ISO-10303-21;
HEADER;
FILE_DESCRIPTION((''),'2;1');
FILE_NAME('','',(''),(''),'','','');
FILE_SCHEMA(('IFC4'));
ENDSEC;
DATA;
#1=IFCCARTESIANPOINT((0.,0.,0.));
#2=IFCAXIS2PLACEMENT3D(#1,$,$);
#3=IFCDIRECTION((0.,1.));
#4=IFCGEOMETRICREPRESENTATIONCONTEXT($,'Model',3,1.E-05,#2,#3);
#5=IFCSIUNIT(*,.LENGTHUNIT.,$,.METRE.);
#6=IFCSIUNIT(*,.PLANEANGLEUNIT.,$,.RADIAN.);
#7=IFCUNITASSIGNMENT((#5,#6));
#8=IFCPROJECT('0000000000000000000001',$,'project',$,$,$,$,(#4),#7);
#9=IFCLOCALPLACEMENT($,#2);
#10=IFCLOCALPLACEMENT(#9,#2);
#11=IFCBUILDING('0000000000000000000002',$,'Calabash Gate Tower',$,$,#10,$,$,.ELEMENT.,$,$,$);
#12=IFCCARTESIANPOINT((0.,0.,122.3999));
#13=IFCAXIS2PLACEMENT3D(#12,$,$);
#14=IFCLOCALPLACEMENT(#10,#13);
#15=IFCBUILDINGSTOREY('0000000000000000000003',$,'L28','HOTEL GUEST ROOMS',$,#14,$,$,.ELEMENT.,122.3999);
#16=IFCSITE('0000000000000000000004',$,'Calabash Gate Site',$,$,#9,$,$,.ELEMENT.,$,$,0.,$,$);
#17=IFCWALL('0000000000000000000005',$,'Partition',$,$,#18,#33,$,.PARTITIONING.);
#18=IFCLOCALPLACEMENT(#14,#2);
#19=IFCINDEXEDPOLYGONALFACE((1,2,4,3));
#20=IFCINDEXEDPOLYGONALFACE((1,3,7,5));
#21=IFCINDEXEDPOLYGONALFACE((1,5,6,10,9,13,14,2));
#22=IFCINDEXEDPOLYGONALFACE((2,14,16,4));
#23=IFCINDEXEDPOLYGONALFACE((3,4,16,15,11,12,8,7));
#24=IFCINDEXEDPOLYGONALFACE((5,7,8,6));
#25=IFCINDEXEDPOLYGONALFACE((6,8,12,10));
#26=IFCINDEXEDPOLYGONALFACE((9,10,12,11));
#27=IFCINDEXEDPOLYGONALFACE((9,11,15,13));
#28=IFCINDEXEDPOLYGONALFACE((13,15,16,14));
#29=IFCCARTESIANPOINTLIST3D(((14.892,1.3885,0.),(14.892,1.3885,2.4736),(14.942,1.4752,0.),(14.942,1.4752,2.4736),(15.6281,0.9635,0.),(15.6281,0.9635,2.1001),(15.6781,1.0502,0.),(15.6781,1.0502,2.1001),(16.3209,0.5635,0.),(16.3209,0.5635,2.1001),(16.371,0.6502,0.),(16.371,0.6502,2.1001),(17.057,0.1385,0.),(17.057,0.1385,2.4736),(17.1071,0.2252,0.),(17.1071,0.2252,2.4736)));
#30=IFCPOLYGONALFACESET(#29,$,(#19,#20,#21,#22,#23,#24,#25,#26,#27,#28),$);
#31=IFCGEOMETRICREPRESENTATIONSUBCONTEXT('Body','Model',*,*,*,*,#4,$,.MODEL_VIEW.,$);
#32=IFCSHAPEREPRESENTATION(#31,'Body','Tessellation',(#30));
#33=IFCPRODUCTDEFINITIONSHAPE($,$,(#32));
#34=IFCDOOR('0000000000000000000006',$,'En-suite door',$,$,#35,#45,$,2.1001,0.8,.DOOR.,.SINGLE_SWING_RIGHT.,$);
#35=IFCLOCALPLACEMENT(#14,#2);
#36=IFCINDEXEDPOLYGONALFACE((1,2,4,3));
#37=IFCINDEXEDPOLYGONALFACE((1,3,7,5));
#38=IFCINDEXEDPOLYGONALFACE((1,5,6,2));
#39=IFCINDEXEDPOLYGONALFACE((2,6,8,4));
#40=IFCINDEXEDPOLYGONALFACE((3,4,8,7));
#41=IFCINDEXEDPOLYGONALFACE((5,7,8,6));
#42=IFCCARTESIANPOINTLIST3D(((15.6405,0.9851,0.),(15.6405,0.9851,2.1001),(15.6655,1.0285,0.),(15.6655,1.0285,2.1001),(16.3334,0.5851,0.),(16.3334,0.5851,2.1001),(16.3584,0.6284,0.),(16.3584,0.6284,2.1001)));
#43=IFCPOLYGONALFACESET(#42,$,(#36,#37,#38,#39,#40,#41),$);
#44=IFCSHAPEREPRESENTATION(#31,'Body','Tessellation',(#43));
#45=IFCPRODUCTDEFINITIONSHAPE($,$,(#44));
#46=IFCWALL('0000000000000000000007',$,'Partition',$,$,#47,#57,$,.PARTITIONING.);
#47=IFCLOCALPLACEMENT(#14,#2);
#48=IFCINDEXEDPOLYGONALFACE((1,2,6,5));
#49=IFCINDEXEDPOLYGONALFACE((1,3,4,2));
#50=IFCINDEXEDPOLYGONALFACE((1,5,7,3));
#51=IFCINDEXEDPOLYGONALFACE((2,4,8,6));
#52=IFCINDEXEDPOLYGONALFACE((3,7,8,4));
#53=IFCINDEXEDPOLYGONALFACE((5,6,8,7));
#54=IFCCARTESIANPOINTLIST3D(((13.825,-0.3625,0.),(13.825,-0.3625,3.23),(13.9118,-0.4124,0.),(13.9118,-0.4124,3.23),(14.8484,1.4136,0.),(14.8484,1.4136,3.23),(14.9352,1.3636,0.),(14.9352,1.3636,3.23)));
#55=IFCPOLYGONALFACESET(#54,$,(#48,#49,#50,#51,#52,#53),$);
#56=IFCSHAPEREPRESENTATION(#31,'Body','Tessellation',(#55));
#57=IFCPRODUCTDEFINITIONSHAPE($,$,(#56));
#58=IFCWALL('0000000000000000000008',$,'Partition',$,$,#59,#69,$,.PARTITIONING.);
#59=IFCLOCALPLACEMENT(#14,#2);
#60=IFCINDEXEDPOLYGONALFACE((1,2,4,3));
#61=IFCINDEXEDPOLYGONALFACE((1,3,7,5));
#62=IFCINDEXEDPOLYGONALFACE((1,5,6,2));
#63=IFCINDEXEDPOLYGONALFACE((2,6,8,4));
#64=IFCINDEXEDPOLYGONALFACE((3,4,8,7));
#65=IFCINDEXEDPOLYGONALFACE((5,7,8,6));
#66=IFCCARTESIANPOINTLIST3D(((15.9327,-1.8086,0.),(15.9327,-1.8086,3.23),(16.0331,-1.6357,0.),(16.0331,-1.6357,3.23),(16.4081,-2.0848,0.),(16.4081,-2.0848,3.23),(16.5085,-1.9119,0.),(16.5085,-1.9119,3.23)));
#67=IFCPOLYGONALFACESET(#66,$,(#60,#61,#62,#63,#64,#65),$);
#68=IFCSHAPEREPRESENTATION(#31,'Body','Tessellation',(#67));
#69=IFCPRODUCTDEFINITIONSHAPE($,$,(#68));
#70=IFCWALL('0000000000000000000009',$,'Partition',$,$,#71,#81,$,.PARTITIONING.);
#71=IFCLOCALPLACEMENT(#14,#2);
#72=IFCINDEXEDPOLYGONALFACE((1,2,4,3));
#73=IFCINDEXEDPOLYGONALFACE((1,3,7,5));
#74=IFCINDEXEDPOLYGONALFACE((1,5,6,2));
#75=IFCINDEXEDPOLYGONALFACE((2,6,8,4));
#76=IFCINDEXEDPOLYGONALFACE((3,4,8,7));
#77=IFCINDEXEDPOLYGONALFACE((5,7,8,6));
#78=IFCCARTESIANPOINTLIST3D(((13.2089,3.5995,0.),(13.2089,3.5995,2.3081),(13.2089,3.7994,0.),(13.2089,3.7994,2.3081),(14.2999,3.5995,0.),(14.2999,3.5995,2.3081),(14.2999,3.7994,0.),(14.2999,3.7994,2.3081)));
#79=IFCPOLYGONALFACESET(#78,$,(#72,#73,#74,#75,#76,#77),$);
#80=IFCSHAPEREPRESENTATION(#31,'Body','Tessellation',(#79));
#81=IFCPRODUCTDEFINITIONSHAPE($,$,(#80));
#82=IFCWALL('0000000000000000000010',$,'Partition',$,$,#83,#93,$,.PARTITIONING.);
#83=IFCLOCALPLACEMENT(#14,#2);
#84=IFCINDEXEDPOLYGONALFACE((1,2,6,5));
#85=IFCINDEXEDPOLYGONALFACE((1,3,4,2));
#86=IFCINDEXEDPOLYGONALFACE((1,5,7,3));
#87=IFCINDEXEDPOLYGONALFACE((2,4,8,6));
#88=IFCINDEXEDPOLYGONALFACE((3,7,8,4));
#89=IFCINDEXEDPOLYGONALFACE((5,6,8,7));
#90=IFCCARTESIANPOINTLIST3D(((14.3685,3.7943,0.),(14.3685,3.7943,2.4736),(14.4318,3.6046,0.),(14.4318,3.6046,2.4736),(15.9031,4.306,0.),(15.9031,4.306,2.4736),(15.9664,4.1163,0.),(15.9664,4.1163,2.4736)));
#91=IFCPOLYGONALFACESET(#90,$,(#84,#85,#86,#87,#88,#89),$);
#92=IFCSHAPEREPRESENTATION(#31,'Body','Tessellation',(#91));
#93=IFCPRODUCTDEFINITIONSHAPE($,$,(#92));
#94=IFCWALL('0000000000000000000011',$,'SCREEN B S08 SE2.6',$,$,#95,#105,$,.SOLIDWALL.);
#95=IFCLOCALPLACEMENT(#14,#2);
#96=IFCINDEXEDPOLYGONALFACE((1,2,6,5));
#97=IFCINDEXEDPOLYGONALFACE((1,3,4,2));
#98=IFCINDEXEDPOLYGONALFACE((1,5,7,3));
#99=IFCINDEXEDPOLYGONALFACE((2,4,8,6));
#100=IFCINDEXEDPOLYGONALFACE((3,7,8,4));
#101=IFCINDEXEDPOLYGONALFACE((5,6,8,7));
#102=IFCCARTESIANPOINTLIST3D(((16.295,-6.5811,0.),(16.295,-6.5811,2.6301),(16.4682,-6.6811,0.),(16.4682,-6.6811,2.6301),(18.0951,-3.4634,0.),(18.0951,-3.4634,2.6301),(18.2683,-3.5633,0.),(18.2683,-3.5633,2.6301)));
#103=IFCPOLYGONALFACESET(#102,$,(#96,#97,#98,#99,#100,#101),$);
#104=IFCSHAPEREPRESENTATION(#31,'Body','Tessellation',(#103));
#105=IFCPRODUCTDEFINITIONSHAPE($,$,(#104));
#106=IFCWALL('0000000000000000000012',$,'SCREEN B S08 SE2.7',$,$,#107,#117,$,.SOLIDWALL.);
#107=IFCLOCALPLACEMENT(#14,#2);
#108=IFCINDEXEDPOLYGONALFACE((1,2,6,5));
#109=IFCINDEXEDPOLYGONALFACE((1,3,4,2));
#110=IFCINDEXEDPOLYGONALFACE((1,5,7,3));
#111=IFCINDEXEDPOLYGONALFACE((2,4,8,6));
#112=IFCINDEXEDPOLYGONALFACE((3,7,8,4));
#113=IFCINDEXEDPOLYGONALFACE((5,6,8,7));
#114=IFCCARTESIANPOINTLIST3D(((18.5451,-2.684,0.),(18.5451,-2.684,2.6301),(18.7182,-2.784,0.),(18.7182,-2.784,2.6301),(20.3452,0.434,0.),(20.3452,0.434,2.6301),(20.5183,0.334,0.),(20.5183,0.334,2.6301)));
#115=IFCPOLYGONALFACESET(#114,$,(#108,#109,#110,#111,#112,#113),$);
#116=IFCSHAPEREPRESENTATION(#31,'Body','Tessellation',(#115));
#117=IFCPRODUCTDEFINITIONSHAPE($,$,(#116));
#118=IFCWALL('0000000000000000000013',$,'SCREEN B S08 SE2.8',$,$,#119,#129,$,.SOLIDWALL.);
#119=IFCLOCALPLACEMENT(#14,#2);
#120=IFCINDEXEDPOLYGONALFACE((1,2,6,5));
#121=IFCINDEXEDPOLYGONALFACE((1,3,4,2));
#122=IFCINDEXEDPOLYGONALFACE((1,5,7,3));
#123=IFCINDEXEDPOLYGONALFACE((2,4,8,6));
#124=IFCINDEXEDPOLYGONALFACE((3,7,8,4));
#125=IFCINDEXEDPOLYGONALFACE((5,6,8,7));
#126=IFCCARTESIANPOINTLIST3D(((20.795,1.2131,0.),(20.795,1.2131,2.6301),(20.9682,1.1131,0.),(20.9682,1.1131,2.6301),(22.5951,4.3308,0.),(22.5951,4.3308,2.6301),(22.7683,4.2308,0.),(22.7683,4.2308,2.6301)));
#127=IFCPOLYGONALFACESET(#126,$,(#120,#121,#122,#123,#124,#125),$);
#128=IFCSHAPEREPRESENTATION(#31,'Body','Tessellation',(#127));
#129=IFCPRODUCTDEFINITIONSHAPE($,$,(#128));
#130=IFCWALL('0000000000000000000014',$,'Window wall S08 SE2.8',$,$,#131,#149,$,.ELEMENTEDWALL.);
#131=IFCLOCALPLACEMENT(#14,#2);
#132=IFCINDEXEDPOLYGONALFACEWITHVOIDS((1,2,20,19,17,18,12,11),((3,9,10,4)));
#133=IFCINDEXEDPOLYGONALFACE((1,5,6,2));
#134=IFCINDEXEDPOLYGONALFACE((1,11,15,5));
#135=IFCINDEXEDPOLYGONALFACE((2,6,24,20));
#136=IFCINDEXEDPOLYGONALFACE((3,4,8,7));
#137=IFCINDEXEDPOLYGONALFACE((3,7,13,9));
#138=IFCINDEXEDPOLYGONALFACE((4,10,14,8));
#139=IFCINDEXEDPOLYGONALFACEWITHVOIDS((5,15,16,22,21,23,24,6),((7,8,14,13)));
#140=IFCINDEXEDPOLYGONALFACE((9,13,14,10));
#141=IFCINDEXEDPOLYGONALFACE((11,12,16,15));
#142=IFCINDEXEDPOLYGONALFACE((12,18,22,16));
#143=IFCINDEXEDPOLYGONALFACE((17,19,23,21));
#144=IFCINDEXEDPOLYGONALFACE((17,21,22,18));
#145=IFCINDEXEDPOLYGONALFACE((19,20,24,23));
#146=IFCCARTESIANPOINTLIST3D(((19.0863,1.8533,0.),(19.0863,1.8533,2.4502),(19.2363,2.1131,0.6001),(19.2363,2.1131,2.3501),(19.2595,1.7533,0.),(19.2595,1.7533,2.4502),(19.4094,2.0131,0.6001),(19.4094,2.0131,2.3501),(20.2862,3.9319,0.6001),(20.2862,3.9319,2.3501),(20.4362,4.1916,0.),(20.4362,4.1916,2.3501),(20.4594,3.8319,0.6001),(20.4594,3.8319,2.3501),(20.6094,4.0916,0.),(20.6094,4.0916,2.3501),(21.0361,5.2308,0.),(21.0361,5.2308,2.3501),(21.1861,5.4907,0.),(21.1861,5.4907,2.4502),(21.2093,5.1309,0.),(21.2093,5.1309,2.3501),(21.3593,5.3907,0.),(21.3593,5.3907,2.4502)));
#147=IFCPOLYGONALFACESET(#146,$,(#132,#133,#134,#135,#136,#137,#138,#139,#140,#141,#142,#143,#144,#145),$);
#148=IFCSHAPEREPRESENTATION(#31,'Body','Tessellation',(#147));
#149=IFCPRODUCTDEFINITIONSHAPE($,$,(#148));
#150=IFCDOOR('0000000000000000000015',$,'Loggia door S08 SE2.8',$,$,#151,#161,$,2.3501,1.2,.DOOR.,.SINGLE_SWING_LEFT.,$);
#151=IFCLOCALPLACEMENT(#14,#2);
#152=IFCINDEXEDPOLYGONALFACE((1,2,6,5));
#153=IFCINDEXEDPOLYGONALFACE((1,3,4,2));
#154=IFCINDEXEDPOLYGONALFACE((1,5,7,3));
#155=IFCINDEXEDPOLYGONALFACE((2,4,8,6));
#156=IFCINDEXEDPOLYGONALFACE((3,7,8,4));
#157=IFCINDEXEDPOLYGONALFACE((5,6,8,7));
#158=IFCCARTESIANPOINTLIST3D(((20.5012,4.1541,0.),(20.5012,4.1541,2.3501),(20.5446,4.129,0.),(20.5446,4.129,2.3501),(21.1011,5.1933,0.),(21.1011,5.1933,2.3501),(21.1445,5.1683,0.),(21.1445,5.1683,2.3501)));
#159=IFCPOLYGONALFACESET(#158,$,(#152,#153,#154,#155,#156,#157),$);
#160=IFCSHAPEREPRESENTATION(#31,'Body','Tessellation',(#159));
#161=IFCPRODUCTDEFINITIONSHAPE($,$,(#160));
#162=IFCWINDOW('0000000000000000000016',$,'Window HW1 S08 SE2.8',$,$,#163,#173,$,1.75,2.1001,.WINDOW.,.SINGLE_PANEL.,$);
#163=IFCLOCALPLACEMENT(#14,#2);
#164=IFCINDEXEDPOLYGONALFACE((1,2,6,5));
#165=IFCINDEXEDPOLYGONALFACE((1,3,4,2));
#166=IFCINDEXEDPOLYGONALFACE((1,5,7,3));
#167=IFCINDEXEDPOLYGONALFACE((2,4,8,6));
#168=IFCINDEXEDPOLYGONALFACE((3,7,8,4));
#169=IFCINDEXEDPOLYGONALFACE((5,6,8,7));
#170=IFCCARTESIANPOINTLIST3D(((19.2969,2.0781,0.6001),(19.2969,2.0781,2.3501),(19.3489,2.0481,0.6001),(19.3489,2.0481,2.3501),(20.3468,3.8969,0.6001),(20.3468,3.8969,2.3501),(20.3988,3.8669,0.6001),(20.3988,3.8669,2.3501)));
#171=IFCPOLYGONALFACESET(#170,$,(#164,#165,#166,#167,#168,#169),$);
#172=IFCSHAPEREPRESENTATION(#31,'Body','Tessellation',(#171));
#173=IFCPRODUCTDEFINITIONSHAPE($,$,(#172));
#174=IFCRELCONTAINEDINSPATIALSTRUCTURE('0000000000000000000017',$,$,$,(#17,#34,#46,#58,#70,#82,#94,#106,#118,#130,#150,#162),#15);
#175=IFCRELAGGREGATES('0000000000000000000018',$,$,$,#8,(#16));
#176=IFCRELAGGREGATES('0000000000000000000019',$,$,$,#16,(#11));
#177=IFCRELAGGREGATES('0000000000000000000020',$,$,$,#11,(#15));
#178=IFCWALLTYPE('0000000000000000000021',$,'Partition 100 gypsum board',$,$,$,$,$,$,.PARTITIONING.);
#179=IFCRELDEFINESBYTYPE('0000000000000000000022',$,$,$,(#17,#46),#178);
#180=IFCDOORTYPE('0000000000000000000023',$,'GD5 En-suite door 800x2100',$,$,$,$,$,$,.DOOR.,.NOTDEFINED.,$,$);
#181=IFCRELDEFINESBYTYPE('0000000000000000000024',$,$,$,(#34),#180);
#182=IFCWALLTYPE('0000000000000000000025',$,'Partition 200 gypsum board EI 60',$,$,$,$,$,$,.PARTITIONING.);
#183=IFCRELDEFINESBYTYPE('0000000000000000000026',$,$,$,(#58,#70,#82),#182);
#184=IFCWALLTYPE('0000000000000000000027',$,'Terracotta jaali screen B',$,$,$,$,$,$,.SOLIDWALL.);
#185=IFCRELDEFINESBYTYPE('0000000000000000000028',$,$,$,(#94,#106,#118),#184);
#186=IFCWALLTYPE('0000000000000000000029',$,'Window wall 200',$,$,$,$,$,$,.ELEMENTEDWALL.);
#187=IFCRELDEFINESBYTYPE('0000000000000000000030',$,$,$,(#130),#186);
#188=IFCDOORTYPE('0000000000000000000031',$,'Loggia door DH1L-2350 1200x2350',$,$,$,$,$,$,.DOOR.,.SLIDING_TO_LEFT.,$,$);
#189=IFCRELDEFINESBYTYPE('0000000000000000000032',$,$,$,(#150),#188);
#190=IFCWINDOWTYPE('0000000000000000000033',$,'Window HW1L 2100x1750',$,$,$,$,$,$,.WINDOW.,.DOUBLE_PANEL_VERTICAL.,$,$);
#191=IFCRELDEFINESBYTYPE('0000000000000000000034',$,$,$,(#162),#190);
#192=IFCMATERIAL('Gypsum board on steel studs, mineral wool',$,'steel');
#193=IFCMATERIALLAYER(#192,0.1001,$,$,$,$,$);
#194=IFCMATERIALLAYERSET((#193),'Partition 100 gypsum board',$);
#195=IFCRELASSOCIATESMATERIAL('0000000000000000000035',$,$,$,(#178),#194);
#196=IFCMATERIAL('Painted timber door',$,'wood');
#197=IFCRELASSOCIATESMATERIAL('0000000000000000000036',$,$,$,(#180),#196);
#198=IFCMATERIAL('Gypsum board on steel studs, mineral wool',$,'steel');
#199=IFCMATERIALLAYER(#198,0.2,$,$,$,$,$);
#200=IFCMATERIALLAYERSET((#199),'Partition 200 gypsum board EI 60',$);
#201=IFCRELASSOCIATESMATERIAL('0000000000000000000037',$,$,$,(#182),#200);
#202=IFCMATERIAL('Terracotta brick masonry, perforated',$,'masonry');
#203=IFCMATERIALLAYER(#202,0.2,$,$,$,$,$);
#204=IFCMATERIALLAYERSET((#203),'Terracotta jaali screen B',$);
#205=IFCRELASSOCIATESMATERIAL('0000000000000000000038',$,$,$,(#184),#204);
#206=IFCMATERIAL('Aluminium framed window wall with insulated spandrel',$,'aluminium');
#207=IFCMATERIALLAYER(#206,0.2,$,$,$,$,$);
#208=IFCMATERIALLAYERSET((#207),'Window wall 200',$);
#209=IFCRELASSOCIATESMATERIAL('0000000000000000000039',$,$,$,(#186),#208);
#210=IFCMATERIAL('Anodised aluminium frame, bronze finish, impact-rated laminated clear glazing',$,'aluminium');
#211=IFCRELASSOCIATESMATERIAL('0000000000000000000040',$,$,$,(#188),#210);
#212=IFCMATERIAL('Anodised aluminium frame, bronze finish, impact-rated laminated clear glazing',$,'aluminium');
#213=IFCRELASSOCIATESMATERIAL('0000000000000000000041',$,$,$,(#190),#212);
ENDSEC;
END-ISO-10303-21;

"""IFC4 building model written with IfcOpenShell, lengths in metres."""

from ifc_helpers import new_model, si_unit, direction, frame, frame_2d, origin, place, context, subcontext, project, spatial, rectangle, extrude, material, layer, layer_set, type_object, element, fill, save


model = new_model("IFC4")

# Units and contexts
model_context = context("Model", 3, precision=1e-05, world=origin(), true_north=direction((0.0, 1.0)))
body_context = subcontext(model_context, "Body", "Model", "MODEL_VIEW")
ifc_project = project(units=[si_unit("LENGTHUNIT", "METRE"), si_unit("PLANEANGLEUNIT", "RADIAN")], contexts=[model_context])

# Site, building, storey
site_placement = place(None, origin())
site = spatial("IfcSite", under=ifc_project, at=site_placement, Name="Calabash Gate Site", CompositionType="ELEMENT", RefElevation=0.0)
building_placement = place(site_placement, origin())
building = spatial("IfcBuilding", under=site, at=building_placement, Name="Calabash Gate Tower", CompositionType="ELEMENT")
storey_placement = place(building_placement, frame((0.0, 0.0, 122.3999)))
storey = spatial("IfcBuildingStorey", under=building, at=storey_placement, Name="L28", Description="HOTEL GUEST ROOMS", CompositionType="ELEMENT", Elevation=122.3999)

# Shared definitions
ifc_material_1 = material(Name="Gypsum board on steel studs, mineral wool", Category="steel")
ifc_layer_1 = layer(ifc_material_1, 0.1001)
ifc_layer_set_1 = layer_set([ifc_layer_1], Name="Partition 100 gypsum board")
wall_type_1 = type_object("IfcWallType", Name="Partition 100 gypsum board", PredefinedType="PARTITIONING", material=ifc_layer_set_1)

# Wall, opening, door
wall_1_placement = place(storey_placement, frame((14.917, 1.4319, 0.0), z_axis=(0.0, 0.0, 1.0), x_axis=(0.866023, -0.500004, 0.0)))
wall_1 = element("IfcWall", 1, at=wall_1_placement, inside=storey, type_object=wall_type_1, Name="Partition", PredefinedType="PARTITIONING", context=body_context, shape_type="SweptSolid", body=[
    extrude(rectangle(XDim=2.5, YDim=0.1001, at=frame_2d((1.25, 0.0))), origin(), (0.0, 0.0, 1.0), 2.4736),
])
opening_1_placement = place(wall_1_placement, frame((0.8501, 0.0, 0.0)))
opening_1 = element("IfcOpeningElement", 2, at=opening_1_placement, cuts=wall_1, PredefinedType="OPENING", context=body_context, shape_type="SweptSolid", body=[
    extrude(rectangle(XDim=0.8, YDim=2.1001, at=frame_2d((0.3999, 1.05))), frame((0.0, 0.0601, 0.0), z_axis=(0.0, -1.0, 0.0), x_axis=(1.0, 0.0, 0.0)), (0.0, 0.0, 1.0), 0.1201),
])
ifc_material_2 = material(Name="Painted timber door", Category="wood")
door_type_1 = type_object("IfcDoorType", Name="GD5 En-suite door 800x2100", OperationType="NOTDEFINED", PredefinedType="DOOR", material=ifc_material_2)
door_1_placement = place(opening_1_placement, origin())
door_1 = element("IfcDoor", 3, at=door_1_placement, inside=storey, type_object=door_type_1, Name="En-suite door", OperationType="SINGLE_SWING_RIGHT", OverallHeight=2.1001, OverallWidth=0.8, PredefinedType="DOOR", context=body_context, shape_type="SweptSolid", body=[
    extrude(rectangle(XDim=0.8, YDim=2.1001, at=frame_2d((0.3999, 1.05))), frame((0.0, 0.0249, 0.0), z_axis=(0.0, -1.0, 0.0), x_axis=(1.0, 0.0, 0.0)), (0.0, 0.0, 1.0), 0.05),
])
fill(opening_1, door_1)

# Walls
wall_2_placement = place(storey_placement, frame((13.8684, -0.3875, 0.0), z_axis=(0.0, 0.0, 1.0), x_axis=(0.499265, 0.866449, 0.0)))
element("IfcWall", 4, at=wall_2_placement, inside=storey, type_object=wall_type_1, Name="Partition", PredefinedType="PARTITIONING", context=body_context, shape_type="SweptSolid", body=[
    extrude(rectangle(XDim=2.0498, YDim=0.1001, at=frame_2d((1.0249, 0.0))), origin(), (0.0, 0.0, 1.0), 3.23),
])
ifc_material_3 = material(Name="Gypsum board on steel studs, mineral wool", Category="steel")
ifc_layer_2 = layer(ifc_material_3, 0.2)
ifc_layer_set_2 = layer_set([ifc_layer_2], Name="Partition 200 gypsum board EI 60")
wall_type_2 = type_object("IfcWallType", Name="Partition 200 gypsum board EI 60", PredefinedType="PARTITIONING", material=ifc_layer_set_2)
wall_3_placement = place(storey_placement, frame((15.9829, -1.7222, 0.0), z_axis=(0.0, 0.0, 1.0), x_axis=(0.864696, -0.502296, 0.0)))
element("IfcWall", 5, at=wall_3_placement, inside=storey, type_object=wall_type_2, Name="Partition", PredefinedType="PARTITIONING", context=body_context, shape_type="SweptSolid", body=[
    extrude(rectangle(XDim=0.5498, YDim=0.2, at=frame_2d((0.2749, 0.0))), origin(), (0.0, 0.0, 1.0), 3.23),
])
wall_4_placement = place(storey_placement, frame((13.209, 3.6995, 0.0), z_axis=(0.0, 0.0, 1.0), x_axis=(1.0, 0.0, 0.0)))
element("IfcWall", 6, at=wall_4_placement, inside=storey, type_object=wall_type_2, Name="Partition", PredefinedType="PARTITIONING", context=body_context, shape_type="SweptSolid", body=[
    extrude(rectangle(XDim=1.0911, YDim=0.2, at=frame_2d((0.5454, 0.0))), origin(), (0.0, 0.0, 1.0), 2.3081),
])
wall_5_placement = place(storey_placement, frame((14.4001, 3.6995, 0.0), z_axis=(0.0, 0.0, 1.0), x_axis=(0.948653, 0.316318, 0.0)))
element("IfcWall", 7, at=wall_5_placement, inside=storey, type_object=wall_type_2, Name="Partition", PredefinedType="PARTITIONING", context=body_context, shape_type="SweptSolid", body=[
    extrude(rectangle(XDim=1.6177, YDim=0.2, at=frame_2d((0.8088, 0.0))), origin(), (0.0, 0.0, 1.0), 2.4736),
])
ifc_material_4 = material(Name="Terracotta brick masonry, perforated", Category="masonry")
ifc_layer_3 = layer(ifc_material_4, 0.2)
ifc_layer_set_3 = layer_set([ifc_layer_3], Name="Terracotta jaali screen B")
wall_type_3 = type_object("IfcWallType", Name="Terracotta jaali screen B", PredefinedType="SOLIDWALL", material=ifc_layer_set_3)
wall_6_placement = place(storey_placement, frame((16.3816, -6.6311, 0.0), z_axis=(0.0, 0.0, 1.0), x_axis=(0.500012, 0.866018, 0.0)))
element("IfcWall", 8, at=wall_6_placement, inside=storey, type_object=wall_type_3, Name="SCREEN B S08 SE2.6", PredefinedType="SOLIDWALL", context=body_context, shape_type="SweptSolid", body=[
    extrude(rectangle(XDim=3.6001, YDim=0.2, at=frame_2d((1.8, 0.0))), origin(), (0.0, 0.0, 1.0), 2.6301),
])
wall_7_placement = place(storey_placement, frame((18.6316, -2.7341, 0.0), z_axis=(0.0, 0.0, 1.0), x_axis=(0.499983, 0.866035, 0.0)))
element("IfcWall", 9, at=wall_7_placement, inside=storey, type_object=wall_type_3, Name="SCREEN B S08 SE2.7", PredefinedType="SOLIDWALL", context=body_context, shape_type="SweptSolid", body=[
    extrude(rectangle(XDim=3.6003, YDim=0.2, at=frame_2d((1.8003, 0.0))), origin(), (0.0, 0.0, 1.0), 2.6301),
])
wall_8_placement = place(storey_placement, frame((20.8816, 1.1631, 0.0), z_axis=(0.0, 0.0, 1.0), x_axis=(0.500012, 0.866018, 0.0)))
element("IfcWall", 10, at=wall_8_placement, inside=storey, type_object=wall_type_3, Name="SCREEN B S08 SE2.8", PredefinedType="SOLIDWALL", context=body_context, shape_type="SweptSolid", body=[
    extrude(rectangle(XDim=3.6001, YDim=0.2, at=frame_2d((1.8, 0.0))), origin(), (0.0, 0.0, 1.0), 2.6301),
])

# Wall, openings, door, window
ifc_material_5 = material(Name="Aluminium framed window wall with insulated spandrel", Category="aluminium")
ifc_layer_4 = layer(ifc_material_5, 0.2)
ifc_layer_set_4 = layer_set([ifc_layer_4], Name="Window wall 200")
wall_type_4 = type_object("IfcWallType", Name="Window wall 200", PredefinedType="ELEMENTEDWALL", material=ifc_layer_set_4)
wall_9_placement = place(storey_placement, frame((19.1729, 1.8032, 0.0), z_axis=(0.0, 0.0, 1.0), x_axis=(0.499959, 0.866049, 0.0)))
wall_9 = element("IfcWall", 11, at=wall_9_placement, inside=storey, type_object=wall_type_4, Name="Window wall S08 SE2.8", PredefinedType="ELEMENTEDWALL", context=body_context, shape_type="SweptSolid", body=[
    extrude(rectangle(XDim=4.2, YDim=0.2, at=frame_2d((2.1001, 0.0))), origin(), (0.0, 0.0, 1.0), 2.4502),
])
opening_2_placement = place(wall_9_placement, frame((0.3, 0.0, 0.6001)))
opening_2 = element("IfcOpeningElement", 12, at=opening_2_placement, cuts=wall_9, PredefinedType="OPENING", context=body_context, shape_type="SweptSolid", body=[
    extrude(rectangle(XDim=2.1001, YDim=1.75, at=frame_2d((1.05, 0.875))), frame((0.0, 0.1099, 0.0), z_axis=(0.0, -1.0, 0.0), x_axis=(1.0, 0.0, 0.0)), (0.0, 0.0, 1.0), 0.22),
])
opening_3_placement = place(wall_9_placement, frame((2.7, 0.0, 0.0)))
opening_3 = element("IfcOpeningElement", 13, at=opening_3_placement, cuts=wall_9, PredefinedType="OPENING", context=body_context, shape_type="SweptSolid", body=[
    extrude(rectangle(XDim=1.2, YDim=2.3501, at=frame_2d((0.6001, 1.175))), frame((0.0, 0.1099, 0.0), z_axis=(0.0, -1.0, 0.0), x_axis=(1.0, 0.0, 0.0)), (0.0, 0.0, 1.0), 0.22),
])
ifc_material_6 = material(Name="Anodised aluminium frame, bronze finish, impact-rated laminated clear glazing", Category="aluminium")
door_type_2 = type_object("IfcDoorType", Name="Loggia door DH1L-2350 1200x2350", OperationType="SLIDING_TO_LEFT", PredefinedType="DOOR", material=ifc_material_6)
door_2_placement = place(opening_3_placement, origin())
door_2 = element("IfcDoor", 14, at=door_2_placement, inside=storey, type_object=door_type_2, Name="Loggia door S08 SE2.8", OperationType="SINGLE_SWING_LEFT", OverallHeight=2.3501, OverallWidth=1.2, PredefinedType="DOOR", context=body_context, shape_type="SweptSolid", body=[
    extrude(rectangle(XDim=1.2, YDim=2.3501, at=frame_2d((0.6001, 1.175))), frame((0.0, 0.0249, 0.0), z_axis=(0.0, -1.0, 0.0), x_axis=(1.0, 0.0, 0.0)), (0.0, 0.0, 1.0), 0.05),
])
fill(opening_3, door_2)
ifc_material_7 = material(Name="Anodised aluminium frame, bronze finish, impact-rated laminated clear glazing", Category="aluminium")
window_type_1 = type_object("IfcWindowType", Name="Window HW1L 2100x1750", PartitioningType="DOUBLE_PANEL_VERTICAL", PredefinedType="WINDOW", material=ifc_material_7)
window_1_placement = place(opening_2_placement, origin())
window_1 = element("IfcWindow", 15, at=window_1_placement, inside=storey, type_object=window_type_1, Name="Window HW1 S08 SE2.8", OverallHeight=1.75, OverallWidth=2.1001, PartitioningType="SINGLE_PANEL", PredefinedType="WINDOW", context=body_context, shape_type="SweptSolid", body=[
    extrude(rectangle(XDim=2.1001, YDim=1.75, at=frame_2d((1.05, 0.875))), frame((0.0, 0.03, 0.0), z_axis=(0.0, -1.0, 0.0), x_axis=(1.0, 0.0, 0.0)), (0.0, 0.0, 1.0), 0.0601),
])
fill(opening_2, window_1)

save(model, "model.ifc")
